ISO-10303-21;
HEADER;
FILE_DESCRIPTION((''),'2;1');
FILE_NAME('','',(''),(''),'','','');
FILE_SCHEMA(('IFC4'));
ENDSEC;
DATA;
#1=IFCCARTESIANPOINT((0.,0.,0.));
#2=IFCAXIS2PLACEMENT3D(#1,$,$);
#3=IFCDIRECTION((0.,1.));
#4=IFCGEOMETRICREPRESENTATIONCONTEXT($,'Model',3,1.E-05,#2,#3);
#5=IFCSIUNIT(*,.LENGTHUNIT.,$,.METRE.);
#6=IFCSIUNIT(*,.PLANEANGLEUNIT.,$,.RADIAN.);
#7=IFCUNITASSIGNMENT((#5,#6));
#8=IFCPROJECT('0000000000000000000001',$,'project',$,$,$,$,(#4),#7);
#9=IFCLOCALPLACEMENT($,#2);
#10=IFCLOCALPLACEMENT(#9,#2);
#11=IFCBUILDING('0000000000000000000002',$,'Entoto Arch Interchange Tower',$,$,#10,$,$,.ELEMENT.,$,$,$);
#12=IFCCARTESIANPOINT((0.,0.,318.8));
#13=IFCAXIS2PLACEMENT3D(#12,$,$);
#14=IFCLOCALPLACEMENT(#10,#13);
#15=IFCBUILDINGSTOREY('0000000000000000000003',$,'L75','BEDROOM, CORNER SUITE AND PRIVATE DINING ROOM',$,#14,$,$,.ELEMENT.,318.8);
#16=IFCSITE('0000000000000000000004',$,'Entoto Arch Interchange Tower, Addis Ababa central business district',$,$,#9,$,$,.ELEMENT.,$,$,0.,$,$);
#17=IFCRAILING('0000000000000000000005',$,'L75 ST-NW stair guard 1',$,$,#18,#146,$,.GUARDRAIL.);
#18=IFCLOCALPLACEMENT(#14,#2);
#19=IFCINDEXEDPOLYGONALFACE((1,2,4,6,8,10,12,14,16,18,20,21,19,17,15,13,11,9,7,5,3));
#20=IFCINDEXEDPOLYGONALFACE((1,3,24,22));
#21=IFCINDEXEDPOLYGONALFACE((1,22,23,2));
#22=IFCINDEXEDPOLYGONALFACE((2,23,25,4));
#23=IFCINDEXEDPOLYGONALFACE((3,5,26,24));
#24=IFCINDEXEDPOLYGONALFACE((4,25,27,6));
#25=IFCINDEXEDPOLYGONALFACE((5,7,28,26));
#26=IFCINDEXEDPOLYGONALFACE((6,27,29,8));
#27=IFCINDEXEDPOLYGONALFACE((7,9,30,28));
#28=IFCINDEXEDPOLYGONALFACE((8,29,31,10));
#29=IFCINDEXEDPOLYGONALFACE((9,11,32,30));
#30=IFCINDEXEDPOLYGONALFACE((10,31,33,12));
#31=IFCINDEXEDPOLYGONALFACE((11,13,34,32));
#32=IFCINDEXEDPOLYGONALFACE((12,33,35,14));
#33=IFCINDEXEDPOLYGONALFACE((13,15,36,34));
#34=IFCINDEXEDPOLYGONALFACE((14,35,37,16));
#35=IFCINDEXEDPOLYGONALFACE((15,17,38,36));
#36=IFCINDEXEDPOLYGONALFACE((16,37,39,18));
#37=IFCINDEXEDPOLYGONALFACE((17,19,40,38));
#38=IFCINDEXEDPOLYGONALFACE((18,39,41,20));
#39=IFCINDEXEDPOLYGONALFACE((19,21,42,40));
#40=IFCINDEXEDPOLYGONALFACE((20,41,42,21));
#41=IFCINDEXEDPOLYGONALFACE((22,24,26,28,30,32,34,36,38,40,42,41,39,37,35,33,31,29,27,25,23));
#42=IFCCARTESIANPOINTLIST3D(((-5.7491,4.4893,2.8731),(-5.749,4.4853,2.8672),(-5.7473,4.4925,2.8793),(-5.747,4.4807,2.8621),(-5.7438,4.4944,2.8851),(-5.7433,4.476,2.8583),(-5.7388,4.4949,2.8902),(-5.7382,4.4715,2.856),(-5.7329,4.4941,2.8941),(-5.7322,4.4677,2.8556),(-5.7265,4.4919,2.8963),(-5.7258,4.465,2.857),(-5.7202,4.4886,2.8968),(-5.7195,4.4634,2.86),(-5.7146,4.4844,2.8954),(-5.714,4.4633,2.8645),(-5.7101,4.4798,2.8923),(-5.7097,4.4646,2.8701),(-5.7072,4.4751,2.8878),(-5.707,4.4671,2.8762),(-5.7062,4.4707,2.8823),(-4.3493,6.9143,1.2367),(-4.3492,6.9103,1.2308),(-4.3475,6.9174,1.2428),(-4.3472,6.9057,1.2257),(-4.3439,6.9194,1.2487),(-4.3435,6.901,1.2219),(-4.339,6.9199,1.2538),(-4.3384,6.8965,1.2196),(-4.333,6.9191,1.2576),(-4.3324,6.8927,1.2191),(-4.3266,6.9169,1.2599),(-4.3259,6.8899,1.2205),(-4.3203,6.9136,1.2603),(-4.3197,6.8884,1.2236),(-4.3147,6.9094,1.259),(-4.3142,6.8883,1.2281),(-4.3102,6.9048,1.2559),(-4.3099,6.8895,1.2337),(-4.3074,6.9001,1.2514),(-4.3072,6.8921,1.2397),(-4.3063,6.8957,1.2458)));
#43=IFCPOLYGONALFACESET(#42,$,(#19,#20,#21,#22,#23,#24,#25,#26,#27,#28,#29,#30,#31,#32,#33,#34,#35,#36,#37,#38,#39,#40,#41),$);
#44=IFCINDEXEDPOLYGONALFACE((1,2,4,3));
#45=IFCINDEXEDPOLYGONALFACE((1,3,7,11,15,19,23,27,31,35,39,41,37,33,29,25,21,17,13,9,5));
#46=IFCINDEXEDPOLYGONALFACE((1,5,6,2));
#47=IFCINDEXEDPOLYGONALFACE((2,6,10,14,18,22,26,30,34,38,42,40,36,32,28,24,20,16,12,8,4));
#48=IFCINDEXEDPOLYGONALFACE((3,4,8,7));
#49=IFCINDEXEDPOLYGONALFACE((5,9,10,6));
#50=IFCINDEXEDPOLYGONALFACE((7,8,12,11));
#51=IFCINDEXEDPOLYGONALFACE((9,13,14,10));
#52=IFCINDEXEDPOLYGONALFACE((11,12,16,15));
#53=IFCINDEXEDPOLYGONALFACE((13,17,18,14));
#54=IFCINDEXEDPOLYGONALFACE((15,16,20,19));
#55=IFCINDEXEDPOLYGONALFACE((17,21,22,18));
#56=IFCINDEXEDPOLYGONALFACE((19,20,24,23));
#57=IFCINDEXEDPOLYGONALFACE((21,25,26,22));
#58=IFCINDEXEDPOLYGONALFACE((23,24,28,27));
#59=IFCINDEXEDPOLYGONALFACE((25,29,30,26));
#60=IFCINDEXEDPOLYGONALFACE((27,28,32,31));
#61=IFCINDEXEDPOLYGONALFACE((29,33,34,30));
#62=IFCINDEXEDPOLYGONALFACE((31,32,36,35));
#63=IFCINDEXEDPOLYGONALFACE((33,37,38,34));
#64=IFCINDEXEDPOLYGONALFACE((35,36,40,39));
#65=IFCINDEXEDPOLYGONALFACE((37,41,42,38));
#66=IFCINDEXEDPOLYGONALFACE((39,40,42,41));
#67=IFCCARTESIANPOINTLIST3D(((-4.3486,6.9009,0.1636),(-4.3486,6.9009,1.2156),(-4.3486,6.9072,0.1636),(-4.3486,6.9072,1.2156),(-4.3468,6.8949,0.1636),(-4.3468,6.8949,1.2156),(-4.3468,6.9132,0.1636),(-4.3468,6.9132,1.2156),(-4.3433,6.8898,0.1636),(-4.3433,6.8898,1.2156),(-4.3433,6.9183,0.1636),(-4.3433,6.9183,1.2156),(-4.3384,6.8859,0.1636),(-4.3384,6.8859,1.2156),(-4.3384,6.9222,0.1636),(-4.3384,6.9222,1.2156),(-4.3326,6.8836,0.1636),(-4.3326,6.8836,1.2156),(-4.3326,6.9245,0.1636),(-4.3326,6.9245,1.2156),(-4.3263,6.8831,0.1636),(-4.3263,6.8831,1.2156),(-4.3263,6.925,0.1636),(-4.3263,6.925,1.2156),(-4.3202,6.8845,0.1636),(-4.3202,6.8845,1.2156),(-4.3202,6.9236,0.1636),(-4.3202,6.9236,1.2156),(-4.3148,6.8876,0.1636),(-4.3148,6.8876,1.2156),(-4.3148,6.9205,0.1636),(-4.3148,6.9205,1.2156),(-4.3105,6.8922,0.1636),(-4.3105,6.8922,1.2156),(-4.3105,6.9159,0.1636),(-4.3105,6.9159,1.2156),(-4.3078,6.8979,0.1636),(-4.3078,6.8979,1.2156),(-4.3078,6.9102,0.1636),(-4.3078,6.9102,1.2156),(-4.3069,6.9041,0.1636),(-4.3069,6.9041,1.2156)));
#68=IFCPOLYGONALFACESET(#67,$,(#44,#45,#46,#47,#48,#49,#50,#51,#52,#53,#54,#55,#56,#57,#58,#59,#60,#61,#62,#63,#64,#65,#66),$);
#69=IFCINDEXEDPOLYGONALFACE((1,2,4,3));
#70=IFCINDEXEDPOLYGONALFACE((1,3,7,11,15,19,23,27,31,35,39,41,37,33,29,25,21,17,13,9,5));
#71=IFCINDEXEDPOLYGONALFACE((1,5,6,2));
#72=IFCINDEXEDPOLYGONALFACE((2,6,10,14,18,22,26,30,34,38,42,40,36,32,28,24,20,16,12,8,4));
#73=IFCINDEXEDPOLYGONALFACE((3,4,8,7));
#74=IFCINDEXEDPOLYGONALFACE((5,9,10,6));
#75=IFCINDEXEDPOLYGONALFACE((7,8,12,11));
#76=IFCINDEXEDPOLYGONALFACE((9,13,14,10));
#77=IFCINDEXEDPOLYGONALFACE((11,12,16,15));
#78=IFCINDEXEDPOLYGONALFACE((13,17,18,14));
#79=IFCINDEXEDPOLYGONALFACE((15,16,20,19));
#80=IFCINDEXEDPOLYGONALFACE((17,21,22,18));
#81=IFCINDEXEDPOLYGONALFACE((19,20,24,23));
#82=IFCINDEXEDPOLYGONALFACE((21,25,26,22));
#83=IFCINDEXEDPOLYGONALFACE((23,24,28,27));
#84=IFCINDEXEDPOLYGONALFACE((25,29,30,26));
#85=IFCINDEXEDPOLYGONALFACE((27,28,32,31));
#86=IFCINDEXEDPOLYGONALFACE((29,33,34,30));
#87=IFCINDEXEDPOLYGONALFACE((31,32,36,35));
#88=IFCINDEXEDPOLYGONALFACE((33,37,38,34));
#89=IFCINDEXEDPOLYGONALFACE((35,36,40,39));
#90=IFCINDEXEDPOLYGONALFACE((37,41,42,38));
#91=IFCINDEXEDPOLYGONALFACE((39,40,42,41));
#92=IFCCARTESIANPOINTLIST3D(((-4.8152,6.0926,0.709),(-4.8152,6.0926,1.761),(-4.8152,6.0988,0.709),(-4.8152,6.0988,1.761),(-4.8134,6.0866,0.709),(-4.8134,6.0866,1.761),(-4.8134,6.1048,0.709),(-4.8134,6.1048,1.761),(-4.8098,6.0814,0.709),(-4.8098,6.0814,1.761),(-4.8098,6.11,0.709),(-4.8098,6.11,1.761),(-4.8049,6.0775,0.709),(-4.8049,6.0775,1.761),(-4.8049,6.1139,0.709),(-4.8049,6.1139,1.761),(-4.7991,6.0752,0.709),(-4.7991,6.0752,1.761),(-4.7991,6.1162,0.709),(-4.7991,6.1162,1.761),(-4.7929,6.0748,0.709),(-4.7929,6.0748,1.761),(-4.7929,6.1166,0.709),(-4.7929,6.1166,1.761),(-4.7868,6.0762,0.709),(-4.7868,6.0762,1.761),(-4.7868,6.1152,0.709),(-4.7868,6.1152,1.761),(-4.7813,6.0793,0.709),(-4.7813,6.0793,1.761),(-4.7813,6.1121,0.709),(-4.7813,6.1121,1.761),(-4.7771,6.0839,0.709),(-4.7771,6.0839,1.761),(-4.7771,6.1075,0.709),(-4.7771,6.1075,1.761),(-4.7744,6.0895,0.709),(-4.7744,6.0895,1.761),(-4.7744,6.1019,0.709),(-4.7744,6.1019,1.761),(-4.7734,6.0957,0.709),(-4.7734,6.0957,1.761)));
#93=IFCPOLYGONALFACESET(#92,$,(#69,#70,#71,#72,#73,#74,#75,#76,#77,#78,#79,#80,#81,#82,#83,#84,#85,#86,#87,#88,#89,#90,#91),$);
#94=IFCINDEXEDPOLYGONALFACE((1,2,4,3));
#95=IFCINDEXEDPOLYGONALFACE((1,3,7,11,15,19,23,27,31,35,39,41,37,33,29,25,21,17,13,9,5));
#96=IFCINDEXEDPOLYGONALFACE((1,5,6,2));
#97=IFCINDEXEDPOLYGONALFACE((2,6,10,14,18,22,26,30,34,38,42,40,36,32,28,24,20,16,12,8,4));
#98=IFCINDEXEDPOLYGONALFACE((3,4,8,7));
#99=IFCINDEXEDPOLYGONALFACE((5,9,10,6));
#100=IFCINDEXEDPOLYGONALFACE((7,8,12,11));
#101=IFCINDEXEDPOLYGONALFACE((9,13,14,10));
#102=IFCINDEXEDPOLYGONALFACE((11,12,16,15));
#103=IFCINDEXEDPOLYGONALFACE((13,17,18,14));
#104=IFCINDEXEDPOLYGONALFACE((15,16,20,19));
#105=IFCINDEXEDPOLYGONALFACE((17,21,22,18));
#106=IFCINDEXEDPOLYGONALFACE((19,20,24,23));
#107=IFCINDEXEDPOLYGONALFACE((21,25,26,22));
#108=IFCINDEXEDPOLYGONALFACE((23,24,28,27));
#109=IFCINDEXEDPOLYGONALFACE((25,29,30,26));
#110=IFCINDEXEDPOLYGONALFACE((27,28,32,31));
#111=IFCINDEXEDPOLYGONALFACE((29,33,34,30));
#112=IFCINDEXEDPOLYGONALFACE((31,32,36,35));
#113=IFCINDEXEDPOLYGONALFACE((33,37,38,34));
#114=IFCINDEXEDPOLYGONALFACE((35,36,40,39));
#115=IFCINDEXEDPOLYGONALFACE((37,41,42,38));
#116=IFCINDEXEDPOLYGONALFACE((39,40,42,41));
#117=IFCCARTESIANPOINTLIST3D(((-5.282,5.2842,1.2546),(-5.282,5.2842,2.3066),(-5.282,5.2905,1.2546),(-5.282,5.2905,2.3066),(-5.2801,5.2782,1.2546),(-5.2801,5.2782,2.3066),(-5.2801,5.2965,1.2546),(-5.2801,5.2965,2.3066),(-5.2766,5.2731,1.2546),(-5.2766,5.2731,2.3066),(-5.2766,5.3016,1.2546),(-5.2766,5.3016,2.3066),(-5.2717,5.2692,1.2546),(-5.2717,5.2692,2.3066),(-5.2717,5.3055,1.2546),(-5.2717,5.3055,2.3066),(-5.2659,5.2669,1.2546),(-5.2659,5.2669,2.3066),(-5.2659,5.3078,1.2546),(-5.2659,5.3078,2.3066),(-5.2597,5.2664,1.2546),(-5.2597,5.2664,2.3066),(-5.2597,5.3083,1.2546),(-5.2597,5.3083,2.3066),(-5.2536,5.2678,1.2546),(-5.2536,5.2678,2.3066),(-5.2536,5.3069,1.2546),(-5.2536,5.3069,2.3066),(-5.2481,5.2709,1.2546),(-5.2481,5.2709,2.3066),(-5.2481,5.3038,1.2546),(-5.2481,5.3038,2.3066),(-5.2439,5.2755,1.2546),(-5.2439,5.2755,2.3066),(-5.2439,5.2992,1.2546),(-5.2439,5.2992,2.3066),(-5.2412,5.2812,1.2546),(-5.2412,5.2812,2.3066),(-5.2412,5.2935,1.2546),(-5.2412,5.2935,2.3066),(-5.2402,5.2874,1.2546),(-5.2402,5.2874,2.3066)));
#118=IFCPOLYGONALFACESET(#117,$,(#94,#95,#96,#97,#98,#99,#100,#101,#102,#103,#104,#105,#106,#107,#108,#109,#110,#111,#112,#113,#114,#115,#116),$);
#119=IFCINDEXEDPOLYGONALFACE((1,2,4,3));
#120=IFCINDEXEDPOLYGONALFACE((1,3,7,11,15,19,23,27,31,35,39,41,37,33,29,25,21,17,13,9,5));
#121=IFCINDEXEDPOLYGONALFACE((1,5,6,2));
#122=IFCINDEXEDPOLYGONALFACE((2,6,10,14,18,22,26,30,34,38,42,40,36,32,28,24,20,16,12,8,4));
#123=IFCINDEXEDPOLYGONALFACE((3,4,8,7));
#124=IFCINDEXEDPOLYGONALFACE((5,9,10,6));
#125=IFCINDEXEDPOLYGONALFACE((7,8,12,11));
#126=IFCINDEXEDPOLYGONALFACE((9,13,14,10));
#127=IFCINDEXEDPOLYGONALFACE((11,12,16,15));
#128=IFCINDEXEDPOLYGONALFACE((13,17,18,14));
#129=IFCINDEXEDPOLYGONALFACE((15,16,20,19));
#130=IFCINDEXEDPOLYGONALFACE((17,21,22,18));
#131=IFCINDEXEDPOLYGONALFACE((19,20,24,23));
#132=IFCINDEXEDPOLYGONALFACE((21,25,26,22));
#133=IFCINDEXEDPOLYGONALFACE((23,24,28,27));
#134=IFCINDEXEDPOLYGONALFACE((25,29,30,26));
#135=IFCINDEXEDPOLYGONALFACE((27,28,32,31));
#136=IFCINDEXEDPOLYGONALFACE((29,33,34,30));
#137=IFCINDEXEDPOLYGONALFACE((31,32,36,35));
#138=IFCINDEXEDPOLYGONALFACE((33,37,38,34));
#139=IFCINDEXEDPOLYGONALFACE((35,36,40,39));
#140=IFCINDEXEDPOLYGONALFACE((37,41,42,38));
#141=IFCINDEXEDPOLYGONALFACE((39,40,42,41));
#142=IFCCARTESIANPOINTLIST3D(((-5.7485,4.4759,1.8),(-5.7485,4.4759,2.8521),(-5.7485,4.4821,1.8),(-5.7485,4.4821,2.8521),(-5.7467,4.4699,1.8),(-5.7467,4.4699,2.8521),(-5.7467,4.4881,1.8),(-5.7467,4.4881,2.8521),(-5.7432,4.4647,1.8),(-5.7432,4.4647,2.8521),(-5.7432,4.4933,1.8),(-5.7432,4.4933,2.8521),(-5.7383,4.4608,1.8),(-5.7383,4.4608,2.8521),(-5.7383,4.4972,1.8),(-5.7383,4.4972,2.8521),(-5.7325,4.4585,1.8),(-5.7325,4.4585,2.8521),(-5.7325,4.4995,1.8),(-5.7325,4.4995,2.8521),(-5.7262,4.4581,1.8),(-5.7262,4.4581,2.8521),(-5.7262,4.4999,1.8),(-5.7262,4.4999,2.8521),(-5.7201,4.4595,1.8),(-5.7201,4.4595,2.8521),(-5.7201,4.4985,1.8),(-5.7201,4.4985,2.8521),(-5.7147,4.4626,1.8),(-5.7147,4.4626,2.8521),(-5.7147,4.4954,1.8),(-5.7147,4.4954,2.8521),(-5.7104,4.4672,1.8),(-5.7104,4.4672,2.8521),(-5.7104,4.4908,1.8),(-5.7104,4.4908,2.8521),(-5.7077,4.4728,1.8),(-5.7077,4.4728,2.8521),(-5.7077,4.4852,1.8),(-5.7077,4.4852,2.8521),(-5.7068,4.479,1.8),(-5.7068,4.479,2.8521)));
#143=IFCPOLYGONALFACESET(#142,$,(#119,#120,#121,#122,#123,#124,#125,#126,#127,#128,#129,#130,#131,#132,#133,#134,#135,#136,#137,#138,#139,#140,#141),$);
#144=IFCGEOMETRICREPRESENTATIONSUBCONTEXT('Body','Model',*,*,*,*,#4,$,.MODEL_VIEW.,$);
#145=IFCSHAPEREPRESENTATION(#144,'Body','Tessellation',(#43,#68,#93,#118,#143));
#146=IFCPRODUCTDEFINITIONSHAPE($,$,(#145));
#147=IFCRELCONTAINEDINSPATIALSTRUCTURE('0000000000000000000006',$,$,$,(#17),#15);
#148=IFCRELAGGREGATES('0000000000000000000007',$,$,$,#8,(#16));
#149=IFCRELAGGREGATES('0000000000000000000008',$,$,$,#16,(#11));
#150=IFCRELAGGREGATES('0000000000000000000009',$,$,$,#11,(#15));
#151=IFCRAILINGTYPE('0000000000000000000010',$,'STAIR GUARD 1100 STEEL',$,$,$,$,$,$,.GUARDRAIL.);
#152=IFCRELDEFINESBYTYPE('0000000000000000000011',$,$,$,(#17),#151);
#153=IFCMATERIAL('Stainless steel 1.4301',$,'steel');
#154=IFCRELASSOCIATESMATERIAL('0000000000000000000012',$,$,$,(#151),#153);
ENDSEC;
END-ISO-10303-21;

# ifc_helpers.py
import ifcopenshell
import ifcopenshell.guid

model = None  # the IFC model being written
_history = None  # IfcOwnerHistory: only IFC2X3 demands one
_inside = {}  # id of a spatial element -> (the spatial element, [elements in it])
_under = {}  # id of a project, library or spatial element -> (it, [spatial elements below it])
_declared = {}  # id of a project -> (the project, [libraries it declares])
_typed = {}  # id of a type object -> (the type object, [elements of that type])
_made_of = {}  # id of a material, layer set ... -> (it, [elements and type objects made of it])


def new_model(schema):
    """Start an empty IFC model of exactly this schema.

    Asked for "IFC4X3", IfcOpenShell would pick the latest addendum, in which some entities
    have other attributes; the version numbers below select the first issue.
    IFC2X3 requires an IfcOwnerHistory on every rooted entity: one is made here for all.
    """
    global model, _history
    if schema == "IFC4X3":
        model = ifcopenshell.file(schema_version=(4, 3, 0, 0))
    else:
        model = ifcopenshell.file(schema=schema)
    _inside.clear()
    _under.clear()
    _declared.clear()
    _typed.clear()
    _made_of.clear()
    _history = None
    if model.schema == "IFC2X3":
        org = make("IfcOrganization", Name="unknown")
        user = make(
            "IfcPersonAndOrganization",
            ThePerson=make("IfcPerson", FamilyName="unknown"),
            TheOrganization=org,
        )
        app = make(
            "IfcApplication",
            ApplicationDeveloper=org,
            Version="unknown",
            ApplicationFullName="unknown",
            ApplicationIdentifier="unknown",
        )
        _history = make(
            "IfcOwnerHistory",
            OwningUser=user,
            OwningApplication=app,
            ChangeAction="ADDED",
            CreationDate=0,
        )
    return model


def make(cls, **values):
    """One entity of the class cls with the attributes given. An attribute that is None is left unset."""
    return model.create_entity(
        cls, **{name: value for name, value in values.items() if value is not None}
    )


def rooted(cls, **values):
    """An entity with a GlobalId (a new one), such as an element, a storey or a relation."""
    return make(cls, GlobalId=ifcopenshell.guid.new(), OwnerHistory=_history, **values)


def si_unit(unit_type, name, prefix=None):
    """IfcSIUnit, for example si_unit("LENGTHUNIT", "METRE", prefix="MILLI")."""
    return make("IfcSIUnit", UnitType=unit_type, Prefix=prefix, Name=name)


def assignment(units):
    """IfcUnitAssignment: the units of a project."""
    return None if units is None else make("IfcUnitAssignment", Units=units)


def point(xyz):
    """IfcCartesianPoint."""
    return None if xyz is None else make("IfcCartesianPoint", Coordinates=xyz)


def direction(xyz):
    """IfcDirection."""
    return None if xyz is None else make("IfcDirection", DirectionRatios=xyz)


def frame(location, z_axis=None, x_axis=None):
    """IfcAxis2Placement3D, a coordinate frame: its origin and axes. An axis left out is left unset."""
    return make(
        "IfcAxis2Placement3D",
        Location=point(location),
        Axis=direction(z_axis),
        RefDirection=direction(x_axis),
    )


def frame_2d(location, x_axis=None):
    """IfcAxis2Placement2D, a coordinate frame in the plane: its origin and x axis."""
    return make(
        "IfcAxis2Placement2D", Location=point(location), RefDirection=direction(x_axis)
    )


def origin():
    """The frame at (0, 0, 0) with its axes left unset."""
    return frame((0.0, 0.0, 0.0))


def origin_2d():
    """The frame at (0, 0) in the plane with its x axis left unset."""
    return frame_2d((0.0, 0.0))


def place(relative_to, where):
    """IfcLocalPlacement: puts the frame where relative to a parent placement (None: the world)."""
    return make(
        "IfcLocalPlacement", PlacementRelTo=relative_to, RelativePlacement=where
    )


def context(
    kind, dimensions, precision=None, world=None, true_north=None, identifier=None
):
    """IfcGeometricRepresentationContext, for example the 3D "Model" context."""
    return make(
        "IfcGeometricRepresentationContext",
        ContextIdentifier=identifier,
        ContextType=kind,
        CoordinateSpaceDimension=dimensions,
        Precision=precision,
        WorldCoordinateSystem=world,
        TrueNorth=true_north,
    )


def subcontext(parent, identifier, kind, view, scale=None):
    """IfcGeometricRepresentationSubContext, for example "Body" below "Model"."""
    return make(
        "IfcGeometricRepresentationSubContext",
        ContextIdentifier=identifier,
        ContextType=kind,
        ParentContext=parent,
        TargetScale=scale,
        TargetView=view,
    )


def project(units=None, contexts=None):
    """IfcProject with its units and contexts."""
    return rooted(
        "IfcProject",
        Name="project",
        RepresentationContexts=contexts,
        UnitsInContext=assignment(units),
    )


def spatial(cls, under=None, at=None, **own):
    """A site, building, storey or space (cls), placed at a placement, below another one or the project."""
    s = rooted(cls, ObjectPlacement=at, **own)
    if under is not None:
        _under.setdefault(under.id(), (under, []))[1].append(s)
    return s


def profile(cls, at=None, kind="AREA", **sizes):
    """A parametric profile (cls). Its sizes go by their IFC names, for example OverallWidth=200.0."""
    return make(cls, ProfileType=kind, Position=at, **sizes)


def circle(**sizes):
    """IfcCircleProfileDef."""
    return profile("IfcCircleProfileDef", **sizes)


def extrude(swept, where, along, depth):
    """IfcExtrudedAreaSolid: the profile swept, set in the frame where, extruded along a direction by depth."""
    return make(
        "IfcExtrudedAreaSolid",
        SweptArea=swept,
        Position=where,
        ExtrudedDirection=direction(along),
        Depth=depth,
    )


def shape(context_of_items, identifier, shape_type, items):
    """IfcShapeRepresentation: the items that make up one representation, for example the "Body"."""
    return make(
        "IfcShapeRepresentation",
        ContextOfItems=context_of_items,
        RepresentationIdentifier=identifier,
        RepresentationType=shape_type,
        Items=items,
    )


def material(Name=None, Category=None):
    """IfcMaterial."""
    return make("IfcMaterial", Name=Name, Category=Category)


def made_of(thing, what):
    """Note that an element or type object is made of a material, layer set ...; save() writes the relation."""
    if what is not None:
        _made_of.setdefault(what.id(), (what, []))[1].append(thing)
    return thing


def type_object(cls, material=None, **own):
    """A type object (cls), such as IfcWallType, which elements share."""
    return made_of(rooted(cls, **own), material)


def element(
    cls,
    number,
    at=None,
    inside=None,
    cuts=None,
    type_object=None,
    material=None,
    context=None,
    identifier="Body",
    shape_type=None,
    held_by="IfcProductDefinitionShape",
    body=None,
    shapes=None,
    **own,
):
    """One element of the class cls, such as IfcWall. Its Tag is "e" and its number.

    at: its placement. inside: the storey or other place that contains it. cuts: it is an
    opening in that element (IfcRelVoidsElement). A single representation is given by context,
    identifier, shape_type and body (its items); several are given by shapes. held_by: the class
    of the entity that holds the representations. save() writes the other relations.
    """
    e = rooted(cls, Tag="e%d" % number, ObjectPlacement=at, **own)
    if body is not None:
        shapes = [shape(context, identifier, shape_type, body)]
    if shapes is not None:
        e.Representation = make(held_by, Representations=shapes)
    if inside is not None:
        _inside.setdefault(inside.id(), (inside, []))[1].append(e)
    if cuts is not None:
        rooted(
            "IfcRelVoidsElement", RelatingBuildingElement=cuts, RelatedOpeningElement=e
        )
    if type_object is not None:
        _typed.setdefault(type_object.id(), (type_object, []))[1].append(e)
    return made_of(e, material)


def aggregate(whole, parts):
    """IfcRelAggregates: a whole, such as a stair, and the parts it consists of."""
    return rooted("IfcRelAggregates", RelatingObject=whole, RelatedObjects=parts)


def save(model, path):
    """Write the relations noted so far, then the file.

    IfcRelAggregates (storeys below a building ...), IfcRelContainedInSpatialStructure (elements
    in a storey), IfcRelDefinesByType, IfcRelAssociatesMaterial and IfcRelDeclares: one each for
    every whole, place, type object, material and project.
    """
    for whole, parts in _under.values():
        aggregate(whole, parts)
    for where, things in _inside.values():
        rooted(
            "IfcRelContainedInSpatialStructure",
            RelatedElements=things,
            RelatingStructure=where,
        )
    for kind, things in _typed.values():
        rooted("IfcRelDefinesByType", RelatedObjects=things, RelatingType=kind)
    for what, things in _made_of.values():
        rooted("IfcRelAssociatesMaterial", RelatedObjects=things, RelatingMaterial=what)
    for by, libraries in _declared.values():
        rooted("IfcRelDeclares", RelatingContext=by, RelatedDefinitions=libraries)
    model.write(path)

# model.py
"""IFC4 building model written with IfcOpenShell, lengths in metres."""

from ifc_helpers import new_model, si_unit, direction, frame, origin, origin_2d, place, context, subcontext, project, spatial, circle, extrude, material, type_object, element, save


model = new_model("IFC4")

# Units and contexts
model_context = context("Model", 3, precision=1e-05, world=origin(), true_north=direction((0.0, 1.0)))
body_context = subcontext(model_context, "Body", "Model", "MODEL_VIEW")
ifc_project = project(units=[si_unit("LENGTHUNIT", "METRE"), si_unit("PLANEANGLEUNIT", "RADIAN")], contexts=[model_context])

# Site, building, storey
site_placement = place(None, origin())
site = spatial("IfcSite", under=ifc_project, at=site_placement, Name="Entoto Arch Interchange Tower, Addis Ababa central business district", CompositionType="ELEMENT", RefElevation=0.0)
building_placement = place(site_placement, origin())
building = spatial("IfcBuilding", under=site, at=building_placement, Name="Entoto Arch Interchange Tower", CompositionType="ELEMENT")
storey_placement = place(building_placement, frame((0.0, 0.0, 318.8)))
storey = spatial("IfcBuildingStorey", under=building, at=storey_placement, Name="L75", Description="BEDROOM, CORNER SUITE AND PRIVATE DINING ROOM", CompositionType="ELEMENT", Elevation=318.8)

# Railing
ifc_material_1 = material(Name="Stainless steel 1.4301", Category="steel")
railing_type_1 = type_object("IfcRailingType", Name="STAIR GUARD 1100 STEEL", PredefinedType="GUARDRAIL", material=ifc_material_1)
railing_1_placement = place(storey_placement, frame((-4.3279, 6.9041, 0.1636)))
element("IfcRailing", 1, at=railing_1_placement, inside=storey, type_object=railing_type_1, Name="L75 ST-NW stair guard 1", PredefinedType="GUARDRAIL", context=body_context, shape_type="SweptSolid", body=[
    extrude(circle(Radius=0.0239, at=origin_2d()), frame((0.0, 0.0, 1.0762), z_axis=(-0.431636, -0.747723, 0.504579), x_axis=(0.866056, -0.499946, 0.0)), (0.0, 0.0, 1.0), 3.2432),
    extrude(circle(Radius=0.021, at=origin_2d()), origin(), (0.0, 0.0, 1.0), 1.052),
    extrude(circle(Radius=0.021, at=origin_2d()), frame((-0.4666, -0.8083, 0.5454)), (0.0, 0.0, 1.0), 1.052),
    extrude(circle(Radius=0.021, at=origin_2d()), frame((-0.9333, -1.6167, 1.0911)), (0.0, 0.0, 1.0), 1.052),
    extrude(circle(Radius=0.021, at=origin_2d()), frame((-1.3999, -2.425, 1.6365)), (0.0, 0.0, 1.0), 1.052),
])

save(model, "model.ifc")
